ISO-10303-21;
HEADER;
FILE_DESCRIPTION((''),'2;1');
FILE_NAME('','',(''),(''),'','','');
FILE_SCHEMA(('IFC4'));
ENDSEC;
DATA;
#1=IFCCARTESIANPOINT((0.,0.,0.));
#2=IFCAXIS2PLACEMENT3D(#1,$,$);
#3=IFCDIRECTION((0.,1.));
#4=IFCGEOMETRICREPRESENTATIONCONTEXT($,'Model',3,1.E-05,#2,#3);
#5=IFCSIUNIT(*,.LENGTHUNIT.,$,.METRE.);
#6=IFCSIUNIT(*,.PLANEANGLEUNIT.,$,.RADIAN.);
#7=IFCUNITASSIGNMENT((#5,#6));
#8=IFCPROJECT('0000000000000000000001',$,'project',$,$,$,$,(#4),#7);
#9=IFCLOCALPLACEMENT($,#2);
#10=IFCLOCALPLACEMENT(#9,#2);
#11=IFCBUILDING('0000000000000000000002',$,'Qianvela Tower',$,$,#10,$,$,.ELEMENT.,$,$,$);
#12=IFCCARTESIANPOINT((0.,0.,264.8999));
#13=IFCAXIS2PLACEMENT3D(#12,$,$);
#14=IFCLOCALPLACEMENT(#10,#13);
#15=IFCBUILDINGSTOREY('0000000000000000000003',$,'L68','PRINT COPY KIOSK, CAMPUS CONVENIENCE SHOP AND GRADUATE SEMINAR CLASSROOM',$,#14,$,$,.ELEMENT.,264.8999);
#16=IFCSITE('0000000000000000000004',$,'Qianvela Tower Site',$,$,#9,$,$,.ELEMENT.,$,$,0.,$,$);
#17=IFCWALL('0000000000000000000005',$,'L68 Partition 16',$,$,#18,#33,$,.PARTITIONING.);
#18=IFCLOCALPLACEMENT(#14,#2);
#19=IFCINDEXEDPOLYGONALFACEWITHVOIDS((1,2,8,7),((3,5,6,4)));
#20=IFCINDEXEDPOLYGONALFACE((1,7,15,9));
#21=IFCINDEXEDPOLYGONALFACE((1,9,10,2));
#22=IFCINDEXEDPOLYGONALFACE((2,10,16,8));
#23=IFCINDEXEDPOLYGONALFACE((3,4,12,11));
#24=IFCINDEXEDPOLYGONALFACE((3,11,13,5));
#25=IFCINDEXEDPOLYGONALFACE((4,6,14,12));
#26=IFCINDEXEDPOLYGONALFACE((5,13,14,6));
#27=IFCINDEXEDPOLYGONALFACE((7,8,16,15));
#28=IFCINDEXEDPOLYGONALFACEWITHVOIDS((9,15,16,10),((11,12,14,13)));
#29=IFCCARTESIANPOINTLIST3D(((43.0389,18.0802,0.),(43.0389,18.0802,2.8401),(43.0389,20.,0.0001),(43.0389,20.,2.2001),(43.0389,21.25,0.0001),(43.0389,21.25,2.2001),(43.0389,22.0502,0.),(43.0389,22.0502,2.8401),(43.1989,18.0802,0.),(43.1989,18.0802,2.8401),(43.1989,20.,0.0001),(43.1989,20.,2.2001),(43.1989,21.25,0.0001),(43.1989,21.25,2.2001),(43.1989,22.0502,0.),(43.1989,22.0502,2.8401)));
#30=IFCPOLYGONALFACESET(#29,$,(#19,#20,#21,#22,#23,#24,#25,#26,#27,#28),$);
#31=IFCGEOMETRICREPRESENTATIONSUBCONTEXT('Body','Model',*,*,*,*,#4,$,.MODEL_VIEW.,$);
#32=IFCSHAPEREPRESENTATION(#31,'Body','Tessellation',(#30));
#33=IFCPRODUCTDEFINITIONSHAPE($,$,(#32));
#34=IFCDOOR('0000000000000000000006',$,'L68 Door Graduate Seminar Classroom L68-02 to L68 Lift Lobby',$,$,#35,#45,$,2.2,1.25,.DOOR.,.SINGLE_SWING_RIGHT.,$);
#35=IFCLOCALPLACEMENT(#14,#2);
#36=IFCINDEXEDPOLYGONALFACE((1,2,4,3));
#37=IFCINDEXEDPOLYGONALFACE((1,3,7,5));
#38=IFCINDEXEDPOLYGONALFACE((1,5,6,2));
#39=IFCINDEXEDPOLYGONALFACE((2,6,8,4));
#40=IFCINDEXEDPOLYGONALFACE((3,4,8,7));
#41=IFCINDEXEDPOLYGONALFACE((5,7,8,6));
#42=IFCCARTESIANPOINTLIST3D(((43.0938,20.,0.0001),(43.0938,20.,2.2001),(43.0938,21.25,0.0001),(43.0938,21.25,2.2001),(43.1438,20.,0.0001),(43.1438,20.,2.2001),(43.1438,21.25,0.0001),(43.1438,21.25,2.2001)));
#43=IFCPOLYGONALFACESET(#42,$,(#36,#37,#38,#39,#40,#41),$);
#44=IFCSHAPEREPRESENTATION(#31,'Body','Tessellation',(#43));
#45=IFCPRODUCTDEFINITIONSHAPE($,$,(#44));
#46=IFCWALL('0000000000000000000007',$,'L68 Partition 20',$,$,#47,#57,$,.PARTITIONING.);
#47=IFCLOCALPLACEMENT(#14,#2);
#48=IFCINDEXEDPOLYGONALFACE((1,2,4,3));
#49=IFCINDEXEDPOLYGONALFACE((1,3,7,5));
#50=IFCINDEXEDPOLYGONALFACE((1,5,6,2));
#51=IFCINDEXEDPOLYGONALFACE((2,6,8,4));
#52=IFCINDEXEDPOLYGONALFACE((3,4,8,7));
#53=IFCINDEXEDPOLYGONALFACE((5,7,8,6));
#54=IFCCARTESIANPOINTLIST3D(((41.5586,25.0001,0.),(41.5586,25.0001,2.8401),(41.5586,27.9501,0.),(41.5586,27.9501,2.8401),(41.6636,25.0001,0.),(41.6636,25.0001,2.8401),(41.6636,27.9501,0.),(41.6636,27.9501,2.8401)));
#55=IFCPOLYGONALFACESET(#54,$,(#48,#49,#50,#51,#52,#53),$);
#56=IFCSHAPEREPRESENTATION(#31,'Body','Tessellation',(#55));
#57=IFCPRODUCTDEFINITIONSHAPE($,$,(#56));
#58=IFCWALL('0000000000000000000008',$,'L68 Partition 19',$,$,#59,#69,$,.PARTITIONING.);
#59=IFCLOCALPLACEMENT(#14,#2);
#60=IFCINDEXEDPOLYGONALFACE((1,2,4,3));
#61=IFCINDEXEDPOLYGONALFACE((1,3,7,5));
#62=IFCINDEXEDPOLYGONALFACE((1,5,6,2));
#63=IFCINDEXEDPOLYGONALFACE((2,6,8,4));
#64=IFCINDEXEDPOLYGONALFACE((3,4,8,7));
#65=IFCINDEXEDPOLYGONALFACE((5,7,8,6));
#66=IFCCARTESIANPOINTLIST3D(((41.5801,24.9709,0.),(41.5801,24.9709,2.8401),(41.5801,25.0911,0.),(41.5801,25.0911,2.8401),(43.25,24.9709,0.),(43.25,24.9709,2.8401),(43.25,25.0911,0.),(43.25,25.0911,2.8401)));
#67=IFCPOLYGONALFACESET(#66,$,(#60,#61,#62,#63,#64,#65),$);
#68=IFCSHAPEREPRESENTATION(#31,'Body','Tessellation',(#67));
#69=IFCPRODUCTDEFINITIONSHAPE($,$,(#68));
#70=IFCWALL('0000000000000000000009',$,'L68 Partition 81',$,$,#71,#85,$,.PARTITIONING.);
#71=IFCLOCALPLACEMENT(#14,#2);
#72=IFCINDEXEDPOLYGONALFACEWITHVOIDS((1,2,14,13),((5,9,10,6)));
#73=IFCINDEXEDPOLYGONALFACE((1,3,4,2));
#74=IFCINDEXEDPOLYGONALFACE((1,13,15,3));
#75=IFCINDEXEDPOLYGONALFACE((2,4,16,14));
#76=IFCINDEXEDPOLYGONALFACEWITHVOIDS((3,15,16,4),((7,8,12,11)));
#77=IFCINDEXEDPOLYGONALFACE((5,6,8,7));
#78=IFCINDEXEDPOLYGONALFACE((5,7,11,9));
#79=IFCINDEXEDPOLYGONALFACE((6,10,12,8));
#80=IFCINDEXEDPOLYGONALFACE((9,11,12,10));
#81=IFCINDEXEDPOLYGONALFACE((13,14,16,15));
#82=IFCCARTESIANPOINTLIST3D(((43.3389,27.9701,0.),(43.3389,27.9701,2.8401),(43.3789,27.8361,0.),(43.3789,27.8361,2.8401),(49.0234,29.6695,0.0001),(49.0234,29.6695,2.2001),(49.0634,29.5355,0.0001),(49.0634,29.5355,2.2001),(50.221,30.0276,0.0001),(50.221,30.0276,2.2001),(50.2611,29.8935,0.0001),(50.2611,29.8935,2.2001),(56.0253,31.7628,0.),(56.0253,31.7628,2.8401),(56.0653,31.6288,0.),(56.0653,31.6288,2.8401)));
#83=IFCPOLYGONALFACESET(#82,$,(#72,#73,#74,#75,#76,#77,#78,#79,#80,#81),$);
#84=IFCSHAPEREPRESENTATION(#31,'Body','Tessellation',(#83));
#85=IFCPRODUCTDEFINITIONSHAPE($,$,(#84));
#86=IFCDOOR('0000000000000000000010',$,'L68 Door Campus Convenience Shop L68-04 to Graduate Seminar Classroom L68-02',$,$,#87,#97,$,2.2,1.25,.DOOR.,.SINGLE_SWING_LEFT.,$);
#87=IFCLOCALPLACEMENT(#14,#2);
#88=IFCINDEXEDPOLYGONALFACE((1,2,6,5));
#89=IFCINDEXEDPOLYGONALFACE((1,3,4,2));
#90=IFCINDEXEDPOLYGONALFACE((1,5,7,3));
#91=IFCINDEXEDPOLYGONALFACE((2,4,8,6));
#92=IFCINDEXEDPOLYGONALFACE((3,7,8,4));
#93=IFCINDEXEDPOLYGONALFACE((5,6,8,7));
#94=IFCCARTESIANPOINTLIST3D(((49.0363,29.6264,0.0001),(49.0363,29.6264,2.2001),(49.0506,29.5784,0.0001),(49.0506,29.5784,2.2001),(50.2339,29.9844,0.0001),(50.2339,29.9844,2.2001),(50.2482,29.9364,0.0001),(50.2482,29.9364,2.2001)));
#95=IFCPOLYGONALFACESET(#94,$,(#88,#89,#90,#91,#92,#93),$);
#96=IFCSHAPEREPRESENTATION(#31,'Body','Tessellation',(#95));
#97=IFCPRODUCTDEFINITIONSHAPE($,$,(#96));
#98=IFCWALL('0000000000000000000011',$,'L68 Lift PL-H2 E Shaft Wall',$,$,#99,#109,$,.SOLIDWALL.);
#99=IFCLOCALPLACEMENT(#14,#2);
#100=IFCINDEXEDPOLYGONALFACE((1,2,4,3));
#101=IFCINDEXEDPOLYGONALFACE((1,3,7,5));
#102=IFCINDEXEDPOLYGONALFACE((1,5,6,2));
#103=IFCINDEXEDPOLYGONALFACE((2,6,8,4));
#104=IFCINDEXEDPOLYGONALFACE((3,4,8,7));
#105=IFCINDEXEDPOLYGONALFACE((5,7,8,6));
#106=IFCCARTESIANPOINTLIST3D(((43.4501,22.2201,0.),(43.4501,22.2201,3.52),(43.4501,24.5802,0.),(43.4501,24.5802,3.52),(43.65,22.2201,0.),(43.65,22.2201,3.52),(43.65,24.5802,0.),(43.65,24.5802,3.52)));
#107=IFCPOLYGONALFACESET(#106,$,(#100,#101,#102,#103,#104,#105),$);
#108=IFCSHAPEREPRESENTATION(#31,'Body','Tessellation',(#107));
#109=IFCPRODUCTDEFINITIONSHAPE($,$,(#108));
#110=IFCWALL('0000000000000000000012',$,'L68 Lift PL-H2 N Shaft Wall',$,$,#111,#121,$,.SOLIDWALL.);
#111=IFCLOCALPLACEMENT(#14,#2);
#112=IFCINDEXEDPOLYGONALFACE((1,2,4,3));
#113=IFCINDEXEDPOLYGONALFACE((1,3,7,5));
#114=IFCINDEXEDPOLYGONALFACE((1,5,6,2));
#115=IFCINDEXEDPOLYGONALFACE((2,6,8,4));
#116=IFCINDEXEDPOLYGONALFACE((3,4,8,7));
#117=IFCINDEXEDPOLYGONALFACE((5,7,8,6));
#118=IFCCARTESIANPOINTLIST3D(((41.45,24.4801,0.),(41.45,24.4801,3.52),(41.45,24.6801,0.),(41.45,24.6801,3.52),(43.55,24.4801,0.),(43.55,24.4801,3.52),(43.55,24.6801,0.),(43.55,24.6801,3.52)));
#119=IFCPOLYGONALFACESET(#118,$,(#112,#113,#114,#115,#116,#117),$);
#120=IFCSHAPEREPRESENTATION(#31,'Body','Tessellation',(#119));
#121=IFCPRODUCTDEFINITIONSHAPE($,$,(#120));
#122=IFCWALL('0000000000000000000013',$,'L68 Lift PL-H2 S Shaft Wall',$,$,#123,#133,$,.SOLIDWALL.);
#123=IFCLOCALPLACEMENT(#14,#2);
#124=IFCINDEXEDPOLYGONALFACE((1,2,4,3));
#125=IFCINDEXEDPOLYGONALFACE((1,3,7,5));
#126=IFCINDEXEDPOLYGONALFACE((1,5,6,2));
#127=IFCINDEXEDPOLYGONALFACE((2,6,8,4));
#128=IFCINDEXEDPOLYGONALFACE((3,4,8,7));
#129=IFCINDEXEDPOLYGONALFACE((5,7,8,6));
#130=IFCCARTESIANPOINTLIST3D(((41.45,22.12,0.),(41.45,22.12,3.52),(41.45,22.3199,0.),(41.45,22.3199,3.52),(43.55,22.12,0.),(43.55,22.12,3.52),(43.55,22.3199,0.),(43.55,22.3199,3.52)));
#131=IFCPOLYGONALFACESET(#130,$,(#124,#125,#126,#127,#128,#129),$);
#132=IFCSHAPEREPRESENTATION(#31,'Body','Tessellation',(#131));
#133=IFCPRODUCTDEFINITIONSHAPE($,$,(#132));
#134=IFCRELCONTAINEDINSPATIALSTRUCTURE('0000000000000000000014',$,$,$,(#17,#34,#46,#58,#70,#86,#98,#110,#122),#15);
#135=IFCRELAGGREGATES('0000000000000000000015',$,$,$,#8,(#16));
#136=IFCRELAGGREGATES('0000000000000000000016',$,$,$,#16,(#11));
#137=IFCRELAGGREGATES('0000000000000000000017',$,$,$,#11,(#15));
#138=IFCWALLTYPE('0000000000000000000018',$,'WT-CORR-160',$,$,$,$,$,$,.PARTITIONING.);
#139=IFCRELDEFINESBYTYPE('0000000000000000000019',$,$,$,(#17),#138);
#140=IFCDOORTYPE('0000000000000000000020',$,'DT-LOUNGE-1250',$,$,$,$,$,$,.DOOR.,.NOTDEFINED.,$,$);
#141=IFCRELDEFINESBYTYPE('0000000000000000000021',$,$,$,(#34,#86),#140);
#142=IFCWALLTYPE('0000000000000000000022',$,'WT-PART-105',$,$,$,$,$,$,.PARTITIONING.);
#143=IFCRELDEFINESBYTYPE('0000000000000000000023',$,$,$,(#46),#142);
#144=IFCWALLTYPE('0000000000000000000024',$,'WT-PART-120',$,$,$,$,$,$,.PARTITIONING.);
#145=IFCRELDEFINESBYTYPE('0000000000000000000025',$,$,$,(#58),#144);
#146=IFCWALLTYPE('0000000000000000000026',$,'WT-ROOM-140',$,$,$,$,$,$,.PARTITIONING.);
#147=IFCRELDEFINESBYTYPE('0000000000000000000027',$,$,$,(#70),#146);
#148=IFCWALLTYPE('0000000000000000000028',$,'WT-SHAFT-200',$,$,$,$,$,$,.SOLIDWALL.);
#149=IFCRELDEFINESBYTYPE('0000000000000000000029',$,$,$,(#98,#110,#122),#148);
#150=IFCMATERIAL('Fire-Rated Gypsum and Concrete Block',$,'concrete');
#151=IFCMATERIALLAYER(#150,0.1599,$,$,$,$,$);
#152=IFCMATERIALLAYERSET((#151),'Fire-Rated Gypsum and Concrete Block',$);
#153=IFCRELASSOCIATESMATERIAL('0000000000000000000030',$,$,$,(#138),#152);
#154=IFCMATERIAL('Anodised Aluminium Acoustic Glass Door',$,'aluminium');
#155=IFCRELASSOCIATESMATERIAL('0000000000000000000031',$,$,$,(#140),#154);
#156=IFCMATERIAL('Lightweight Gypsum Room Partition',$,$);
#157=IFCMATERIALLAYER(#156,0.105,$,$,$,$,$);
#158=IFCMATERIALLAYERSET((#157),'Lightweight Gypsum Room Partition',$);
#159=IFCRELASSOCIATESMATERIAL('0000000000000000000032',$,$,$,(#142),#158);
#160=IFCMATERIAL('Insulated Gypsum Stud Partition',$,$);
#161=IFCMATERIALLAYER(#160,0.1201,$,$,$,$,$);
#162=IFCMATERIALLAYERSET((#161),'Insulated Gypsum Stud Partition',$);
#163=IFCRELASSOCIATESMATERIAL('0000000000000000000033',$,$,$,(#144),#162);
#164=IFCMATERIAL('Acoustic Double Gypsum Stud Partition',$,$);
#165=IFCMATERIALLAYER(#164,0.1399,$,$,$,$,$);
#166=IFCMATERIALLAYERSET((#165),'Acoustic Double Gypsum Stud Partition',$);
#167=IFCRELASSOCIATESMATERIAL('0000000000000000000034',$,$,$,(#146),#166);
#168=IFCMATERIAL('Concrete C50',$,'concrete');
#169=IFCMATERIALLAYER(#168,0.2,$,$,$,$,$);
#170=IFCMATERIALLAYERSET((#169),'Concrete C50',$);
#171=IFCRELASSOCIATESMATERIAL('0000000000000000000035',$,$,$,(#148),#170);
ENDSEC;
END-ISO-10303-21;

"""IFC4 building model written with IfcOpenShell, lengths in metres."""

from ifc_helpers import new_model, si_unit, direction, frame, frame_2d, origin, place, context, subcontext, project, spatial, rectangle, extrude, material, layer, layer_set, type_object, element, fill, save


model = new_model("IFC4")

# Units and contexts
model_context = context("Model", 3, precision=1e-05, world=origin(), true_north=direction((0.0, 1.0)))
body_context = subcontext(model_context, "Body", "Model", "MODEL_VIEW")
ifc_project = project(units=[si_unit("LENGTHUNIT", "METRE"), si_unit("PLANEANGLEUNIT", "RADIAN")], contexts=[model_context])

# Site, building, storey
site_placement = place(None, origin())
site = spatial("IfcSite", under=ifc_project, at=site_placement, Name="Qianvela Tower Site", CompositionType="ELEMENT", RefElevation=0.0)
building_placement = place(site_placement, origin())
building = spatial("IfcBuilding", under=site, at=building_placement, Name="Qianvela Tower", CompositionType="ELEMENT")
storey_placement = place(building_placement, frame((0.0, 0.0, 264.8999)))
storey = spatial("IfcBuildingStorey", under=building, at=storey_placement, Name="L68", Description="PRINT COPY KIOSK, CAMPUS CONVENIENCE SHOP AND GRADUATE SEMINAR CLASSROOM", CompositionType="ELEMENT", Elevation=264.8999)

# Wall, opening, door
ifc_material_1 = material(Name="Fire-Rated Gypsum and Concrete Block", Category="concrete")
ifc_layer_1 = layer(ifc_material_1, 0.1599)
ifc_layer_set_1 = layer_set([ifc_layer_1], Name="Fire-Rated Gypsum and Concrete Block")
wall_type_1 = type_object("IfcWallType", Name="WT-CORR-160", PredefinedType="PARTITIONING", material=ifc_layer_set_1)
wall_1_placement = place(storey_placement, frame((43.1189, 22.05, 0.0), z_axis=(0.0, 0.0, 1.0), x_axis=(0.0, -1.0, 0.0)))
wall_1 = element("IfcWall", 1, at=wall_1_placement, inside=storey, type_object=wall_type_1, Name="L68 Partition 16", PredefinedType="PARTITIONING", context=body_context, shape_type="SweptSolid", body=[
    extrude(rectangle(XDim=3.97, YDim=0.1599, at=frame_2d((1.9849, 0.0))), origin(), (0.0, 0.0, 1.0), 2.8401),
])
opening_1_placement = place(wall_1_placement, frame((0.8, 0.0, 0.0)))
opening_1 = element("IfcOpeningElement", 2, at=opening_1_placement, cuts=wall_1, PredefinedType="OPENING", context=body_context, shape_type="SweptSolid", body=[
    extrude(rectangle(XDim=1.25, YDim=2.2, at=frame_2d((0.625, 1.1001))), frame((0.0, 0.0898, 0.0), z_axis=(0.0, -1.0, 0.0), x_axis=(1.0, 0.0, 0.0)), (0.0, 0.0, 1.0), 0.1799),
])
ifc_material_2 = material(Name="Anodised Aluminium Acoustic Glass Door", Category="aluminium")
door_type = type_object("IfcDoorType", Name="DT-LOUNGE-1250", OperationType="NOTDEFINED", PredefinedType="DOOR", material=ifc_material_2)
door_1_placement = place(opening_1_placement, origin())
door_1 = element("IfcDoor", 3, at=door_1_placement, inside=storey, type_object=door_type, Name="L68 Door Graduate Seminar Classroom L68-02 to L68 Lift Lobby", OperationType="SINGLE_SWING_RIGHT", OverallHeight=2.2, OverallWidth=1.25, PredefinedType="DOOR", context=body_context, shape_type="SweptSolid", body=[
    extrude(rectangle(XDim=1.25, YDim=2.2, at=frame_2d((0.625, 1.1001))), frame((0.0, 0.0249, 0.0), z_axis=(0.0, -1.0, 0.0), x_axis=(1.0, 0.0, 0.0)), (0.0, 0.0, 1.0), 0.05),
])
fill(opening_1, door_1)

# Walls
ifc_material_3 = material(Name="Lightweight Gypsum Room Partition")
ifc_layer_2 = layer(ifc_material_3, 0.105)
ifc_layer_set_2 = layer_set([ifc_layer_2], Name="Lightweight Gypsum Room Partition")
wall_type_2 = type_object("IfcWallType", Name="WT-PART-105", PredefinedType="PARTITIONING", material=ifc_layer_set_2)
wall_2_placement = place(storey_placement, frame((41.6111, 25.0, 0.0), z_axis=(0.0, 0.0, 1.0), x_axis=(0.0, 1.0, 0.0)))
element("IfcWall", 4, at=wall_2_placement, inside=storey, type_object=wall_type_2, Name="L68 Partition 20", PredefinedType="PARTITIONING", context=body_context, shape_type="SweptSolid", body=[
    extrude(rectangle(XDim=2.95, YDim=0.105, at=frame_2d((1.4751, 0.0))), origin(), (0.0, 0.0, 1.0), 2.8401),
])
ifc_material_4 = material(Name="Insulated Gypsum Stud Partition")
ifc_layer_3 = layer(ifc_material_4, 0.1201)
ifc_layer_set_3 = layer_set([ifc_layer_3], Name="Insulated Gypsum Stud Partition")
wall_type_3 = type_object("IfcWallType", Name="WT-PART-120", PredefinedType="PARTITIONING", material=ifc_layer_set_3)
wall_3_placement = place(storey_placement, frame((43.25, 25.031, 0.0), z_axis=(0.0, 0.0, 1.0), x_axis=(-1.0, 0.0, 0.0)))
element("IfcWall", 5, at=wall_3_placement, inside=storey, type_object=wall_type_3, Name="L68 Partition 19", PredefinedType="PARTITIONING", context=body_context, shape_type="SweptSolid", body=[
    extrude(rectangle(XDim=1.6699, YDim=0.1201, at=frame_2d((0.835, 0.0))), origin(), (0.0, 0.0, 1.0), 2.8401),
])

# Wall, opening, door
ifc_material_5 = material(Name="Acoustic Double Gypsum Stud Partition")
ifc_layer_4 = layer(ifc_material_5, 0.1399)
ifc_layer_set_4 = layer_set([ifc_layer_4], Name="Acoustic Double Gypsum Stud Partition")
wall_type_4 = type_object("IfcWallType", Name="WT-ROOM-140", PredefinedType="PARTITIONING", material=ifc_layer_set_4)
wall_4_placement = place(storey_placement, frame((43.3589, 27.9031, 0.0), z_axis=(0.0, 0.0, 1.0), x_axis=(0.958101, 0.286431, 0.0)))
wall_4 = element("IfcWall", 6, at=wall_4_placement, inside=storey, type_object=wall_type_4, Name="L68 Partition 81", PredefinedType="PARTITIONING", context=body_context, shape_type="SweptSolid", body=[
    extrude(rectangle(XDim=13.2412, YDim=0.1399, at=frame_2d((6.6206, 0.0))), origin(), (0.0, 0.0, 1.0), 2.8401),
])
opening_2_placement = place(wall_4_placement, frame((5.9331, 0.0, 0.0)))
opening_2 = element("IfcOpeningElement", 7, at=opening_2_placement, cuts=wall_4, PredefinedType="OPENING", context=body_context, shape_type="SweptSolid", body=[
    extrude(rectangle(XDim=1.25, YDim=2.2, at=frame_2d((0.625, 1.1001))), frame((0.0, 0.0798, 0.0), z_axis=(0.0, -1.0, 0.0), x_axis=(1.0, 0.0, 0.0)), (0.0, 0.0, 1.0), 0.1599),
])
door_2_placement = place(opening_2_placement, origin())
door_2 = element("IfcDoor", 8, at=door_2_placement, inside=storey, type_object=door_type, Name="L68 Door Campus Convenience Shop L68-04 to Graduate Seminar Classroom L68-02", OperationType="SINGLE_SWING_LEFT", OverallHeight=2.2, OverallWidth=1.25, PredefinedType="DOOR", context=body_context, shape_type="SweptSolid", body=[
    extrude(rectangle(XDim=1.25, YDim=2.2, at=frame_2d((0.625, 1.1001))), frame((0.0, 0.0249, 0.0), z_axis=(0.0, -1.0, 0.0), x_axis=(1.0, 0.0, 0.0)), (0.0, 0.0, 1.0), 0.05),
])
fill(opening_2, door_2)

# Walls
ifc_material_6 = material(Name="Concrete C50", Category="concrete")
ifc_layer_5 = layer(ifc_material_6, 0.2)
ifc_layer_set_5 = layer_set([ifc_layer_5], Name="Concrete C50")
wall_type_5 = type_object("IfcWallType", Name="WT-SHAFT-200", PredefinedType="SOLIDWALL", material=ifc_layer_set_5)
wall_5_placement = place(storey_placement, frame((43.55, 22.22, 0.0), z_axis=(0.0, 0.0, 1.0), x_axis=(0.0, 1.0, 0.0)))
element("IfcWall", 9, at=wall_5_placement, inside=storey, type_object=wall_type_5, Name="L68 Lift PL-H2 E Shaft Wall", PredefinedType="SOLIDWALL", context=body_context, shape_type="SweptSolid", body=[
    extrude(rectangle(XDim=2.3601, YDim=0.2, at=frame_2d((1.1802, 0.0))), origin(), (0.0, 0.0, 1.0), 3.52),
])
for number, where, z_axis, x_axis, name in (
    (10, (41.45, 24.5801, 0.0), (0.0, 0.0, 1.0), (1.0, 0.0, 0.0), "L68 Lift PL-H2 N Shaft Wall"),
    (11, (41.45, 22.22, 0.0), (0.0, 0.0, 1.0), (1.0, 0.0, 0.0), "L68 Lift PL-H2 S Shaft Wall"),
):
    element("IfcWall", number, at=place(storey_placement, frame(where, z_axis=z_axis, x_axis=x_axis)), inside=storey, type_object=wall_type_5, Name=name, PredefinedType="SOLIDWALL", context=body_context, shape_type="SweptSolid", body=[
        extrude(rectangle(XDim=2.1001, YDim=0.2, at=frame_2d((1.05, 0.0))), origin(), (0.0, 0.0, 1.0), 3.52),
    ])

save(model, "model.ifc")
